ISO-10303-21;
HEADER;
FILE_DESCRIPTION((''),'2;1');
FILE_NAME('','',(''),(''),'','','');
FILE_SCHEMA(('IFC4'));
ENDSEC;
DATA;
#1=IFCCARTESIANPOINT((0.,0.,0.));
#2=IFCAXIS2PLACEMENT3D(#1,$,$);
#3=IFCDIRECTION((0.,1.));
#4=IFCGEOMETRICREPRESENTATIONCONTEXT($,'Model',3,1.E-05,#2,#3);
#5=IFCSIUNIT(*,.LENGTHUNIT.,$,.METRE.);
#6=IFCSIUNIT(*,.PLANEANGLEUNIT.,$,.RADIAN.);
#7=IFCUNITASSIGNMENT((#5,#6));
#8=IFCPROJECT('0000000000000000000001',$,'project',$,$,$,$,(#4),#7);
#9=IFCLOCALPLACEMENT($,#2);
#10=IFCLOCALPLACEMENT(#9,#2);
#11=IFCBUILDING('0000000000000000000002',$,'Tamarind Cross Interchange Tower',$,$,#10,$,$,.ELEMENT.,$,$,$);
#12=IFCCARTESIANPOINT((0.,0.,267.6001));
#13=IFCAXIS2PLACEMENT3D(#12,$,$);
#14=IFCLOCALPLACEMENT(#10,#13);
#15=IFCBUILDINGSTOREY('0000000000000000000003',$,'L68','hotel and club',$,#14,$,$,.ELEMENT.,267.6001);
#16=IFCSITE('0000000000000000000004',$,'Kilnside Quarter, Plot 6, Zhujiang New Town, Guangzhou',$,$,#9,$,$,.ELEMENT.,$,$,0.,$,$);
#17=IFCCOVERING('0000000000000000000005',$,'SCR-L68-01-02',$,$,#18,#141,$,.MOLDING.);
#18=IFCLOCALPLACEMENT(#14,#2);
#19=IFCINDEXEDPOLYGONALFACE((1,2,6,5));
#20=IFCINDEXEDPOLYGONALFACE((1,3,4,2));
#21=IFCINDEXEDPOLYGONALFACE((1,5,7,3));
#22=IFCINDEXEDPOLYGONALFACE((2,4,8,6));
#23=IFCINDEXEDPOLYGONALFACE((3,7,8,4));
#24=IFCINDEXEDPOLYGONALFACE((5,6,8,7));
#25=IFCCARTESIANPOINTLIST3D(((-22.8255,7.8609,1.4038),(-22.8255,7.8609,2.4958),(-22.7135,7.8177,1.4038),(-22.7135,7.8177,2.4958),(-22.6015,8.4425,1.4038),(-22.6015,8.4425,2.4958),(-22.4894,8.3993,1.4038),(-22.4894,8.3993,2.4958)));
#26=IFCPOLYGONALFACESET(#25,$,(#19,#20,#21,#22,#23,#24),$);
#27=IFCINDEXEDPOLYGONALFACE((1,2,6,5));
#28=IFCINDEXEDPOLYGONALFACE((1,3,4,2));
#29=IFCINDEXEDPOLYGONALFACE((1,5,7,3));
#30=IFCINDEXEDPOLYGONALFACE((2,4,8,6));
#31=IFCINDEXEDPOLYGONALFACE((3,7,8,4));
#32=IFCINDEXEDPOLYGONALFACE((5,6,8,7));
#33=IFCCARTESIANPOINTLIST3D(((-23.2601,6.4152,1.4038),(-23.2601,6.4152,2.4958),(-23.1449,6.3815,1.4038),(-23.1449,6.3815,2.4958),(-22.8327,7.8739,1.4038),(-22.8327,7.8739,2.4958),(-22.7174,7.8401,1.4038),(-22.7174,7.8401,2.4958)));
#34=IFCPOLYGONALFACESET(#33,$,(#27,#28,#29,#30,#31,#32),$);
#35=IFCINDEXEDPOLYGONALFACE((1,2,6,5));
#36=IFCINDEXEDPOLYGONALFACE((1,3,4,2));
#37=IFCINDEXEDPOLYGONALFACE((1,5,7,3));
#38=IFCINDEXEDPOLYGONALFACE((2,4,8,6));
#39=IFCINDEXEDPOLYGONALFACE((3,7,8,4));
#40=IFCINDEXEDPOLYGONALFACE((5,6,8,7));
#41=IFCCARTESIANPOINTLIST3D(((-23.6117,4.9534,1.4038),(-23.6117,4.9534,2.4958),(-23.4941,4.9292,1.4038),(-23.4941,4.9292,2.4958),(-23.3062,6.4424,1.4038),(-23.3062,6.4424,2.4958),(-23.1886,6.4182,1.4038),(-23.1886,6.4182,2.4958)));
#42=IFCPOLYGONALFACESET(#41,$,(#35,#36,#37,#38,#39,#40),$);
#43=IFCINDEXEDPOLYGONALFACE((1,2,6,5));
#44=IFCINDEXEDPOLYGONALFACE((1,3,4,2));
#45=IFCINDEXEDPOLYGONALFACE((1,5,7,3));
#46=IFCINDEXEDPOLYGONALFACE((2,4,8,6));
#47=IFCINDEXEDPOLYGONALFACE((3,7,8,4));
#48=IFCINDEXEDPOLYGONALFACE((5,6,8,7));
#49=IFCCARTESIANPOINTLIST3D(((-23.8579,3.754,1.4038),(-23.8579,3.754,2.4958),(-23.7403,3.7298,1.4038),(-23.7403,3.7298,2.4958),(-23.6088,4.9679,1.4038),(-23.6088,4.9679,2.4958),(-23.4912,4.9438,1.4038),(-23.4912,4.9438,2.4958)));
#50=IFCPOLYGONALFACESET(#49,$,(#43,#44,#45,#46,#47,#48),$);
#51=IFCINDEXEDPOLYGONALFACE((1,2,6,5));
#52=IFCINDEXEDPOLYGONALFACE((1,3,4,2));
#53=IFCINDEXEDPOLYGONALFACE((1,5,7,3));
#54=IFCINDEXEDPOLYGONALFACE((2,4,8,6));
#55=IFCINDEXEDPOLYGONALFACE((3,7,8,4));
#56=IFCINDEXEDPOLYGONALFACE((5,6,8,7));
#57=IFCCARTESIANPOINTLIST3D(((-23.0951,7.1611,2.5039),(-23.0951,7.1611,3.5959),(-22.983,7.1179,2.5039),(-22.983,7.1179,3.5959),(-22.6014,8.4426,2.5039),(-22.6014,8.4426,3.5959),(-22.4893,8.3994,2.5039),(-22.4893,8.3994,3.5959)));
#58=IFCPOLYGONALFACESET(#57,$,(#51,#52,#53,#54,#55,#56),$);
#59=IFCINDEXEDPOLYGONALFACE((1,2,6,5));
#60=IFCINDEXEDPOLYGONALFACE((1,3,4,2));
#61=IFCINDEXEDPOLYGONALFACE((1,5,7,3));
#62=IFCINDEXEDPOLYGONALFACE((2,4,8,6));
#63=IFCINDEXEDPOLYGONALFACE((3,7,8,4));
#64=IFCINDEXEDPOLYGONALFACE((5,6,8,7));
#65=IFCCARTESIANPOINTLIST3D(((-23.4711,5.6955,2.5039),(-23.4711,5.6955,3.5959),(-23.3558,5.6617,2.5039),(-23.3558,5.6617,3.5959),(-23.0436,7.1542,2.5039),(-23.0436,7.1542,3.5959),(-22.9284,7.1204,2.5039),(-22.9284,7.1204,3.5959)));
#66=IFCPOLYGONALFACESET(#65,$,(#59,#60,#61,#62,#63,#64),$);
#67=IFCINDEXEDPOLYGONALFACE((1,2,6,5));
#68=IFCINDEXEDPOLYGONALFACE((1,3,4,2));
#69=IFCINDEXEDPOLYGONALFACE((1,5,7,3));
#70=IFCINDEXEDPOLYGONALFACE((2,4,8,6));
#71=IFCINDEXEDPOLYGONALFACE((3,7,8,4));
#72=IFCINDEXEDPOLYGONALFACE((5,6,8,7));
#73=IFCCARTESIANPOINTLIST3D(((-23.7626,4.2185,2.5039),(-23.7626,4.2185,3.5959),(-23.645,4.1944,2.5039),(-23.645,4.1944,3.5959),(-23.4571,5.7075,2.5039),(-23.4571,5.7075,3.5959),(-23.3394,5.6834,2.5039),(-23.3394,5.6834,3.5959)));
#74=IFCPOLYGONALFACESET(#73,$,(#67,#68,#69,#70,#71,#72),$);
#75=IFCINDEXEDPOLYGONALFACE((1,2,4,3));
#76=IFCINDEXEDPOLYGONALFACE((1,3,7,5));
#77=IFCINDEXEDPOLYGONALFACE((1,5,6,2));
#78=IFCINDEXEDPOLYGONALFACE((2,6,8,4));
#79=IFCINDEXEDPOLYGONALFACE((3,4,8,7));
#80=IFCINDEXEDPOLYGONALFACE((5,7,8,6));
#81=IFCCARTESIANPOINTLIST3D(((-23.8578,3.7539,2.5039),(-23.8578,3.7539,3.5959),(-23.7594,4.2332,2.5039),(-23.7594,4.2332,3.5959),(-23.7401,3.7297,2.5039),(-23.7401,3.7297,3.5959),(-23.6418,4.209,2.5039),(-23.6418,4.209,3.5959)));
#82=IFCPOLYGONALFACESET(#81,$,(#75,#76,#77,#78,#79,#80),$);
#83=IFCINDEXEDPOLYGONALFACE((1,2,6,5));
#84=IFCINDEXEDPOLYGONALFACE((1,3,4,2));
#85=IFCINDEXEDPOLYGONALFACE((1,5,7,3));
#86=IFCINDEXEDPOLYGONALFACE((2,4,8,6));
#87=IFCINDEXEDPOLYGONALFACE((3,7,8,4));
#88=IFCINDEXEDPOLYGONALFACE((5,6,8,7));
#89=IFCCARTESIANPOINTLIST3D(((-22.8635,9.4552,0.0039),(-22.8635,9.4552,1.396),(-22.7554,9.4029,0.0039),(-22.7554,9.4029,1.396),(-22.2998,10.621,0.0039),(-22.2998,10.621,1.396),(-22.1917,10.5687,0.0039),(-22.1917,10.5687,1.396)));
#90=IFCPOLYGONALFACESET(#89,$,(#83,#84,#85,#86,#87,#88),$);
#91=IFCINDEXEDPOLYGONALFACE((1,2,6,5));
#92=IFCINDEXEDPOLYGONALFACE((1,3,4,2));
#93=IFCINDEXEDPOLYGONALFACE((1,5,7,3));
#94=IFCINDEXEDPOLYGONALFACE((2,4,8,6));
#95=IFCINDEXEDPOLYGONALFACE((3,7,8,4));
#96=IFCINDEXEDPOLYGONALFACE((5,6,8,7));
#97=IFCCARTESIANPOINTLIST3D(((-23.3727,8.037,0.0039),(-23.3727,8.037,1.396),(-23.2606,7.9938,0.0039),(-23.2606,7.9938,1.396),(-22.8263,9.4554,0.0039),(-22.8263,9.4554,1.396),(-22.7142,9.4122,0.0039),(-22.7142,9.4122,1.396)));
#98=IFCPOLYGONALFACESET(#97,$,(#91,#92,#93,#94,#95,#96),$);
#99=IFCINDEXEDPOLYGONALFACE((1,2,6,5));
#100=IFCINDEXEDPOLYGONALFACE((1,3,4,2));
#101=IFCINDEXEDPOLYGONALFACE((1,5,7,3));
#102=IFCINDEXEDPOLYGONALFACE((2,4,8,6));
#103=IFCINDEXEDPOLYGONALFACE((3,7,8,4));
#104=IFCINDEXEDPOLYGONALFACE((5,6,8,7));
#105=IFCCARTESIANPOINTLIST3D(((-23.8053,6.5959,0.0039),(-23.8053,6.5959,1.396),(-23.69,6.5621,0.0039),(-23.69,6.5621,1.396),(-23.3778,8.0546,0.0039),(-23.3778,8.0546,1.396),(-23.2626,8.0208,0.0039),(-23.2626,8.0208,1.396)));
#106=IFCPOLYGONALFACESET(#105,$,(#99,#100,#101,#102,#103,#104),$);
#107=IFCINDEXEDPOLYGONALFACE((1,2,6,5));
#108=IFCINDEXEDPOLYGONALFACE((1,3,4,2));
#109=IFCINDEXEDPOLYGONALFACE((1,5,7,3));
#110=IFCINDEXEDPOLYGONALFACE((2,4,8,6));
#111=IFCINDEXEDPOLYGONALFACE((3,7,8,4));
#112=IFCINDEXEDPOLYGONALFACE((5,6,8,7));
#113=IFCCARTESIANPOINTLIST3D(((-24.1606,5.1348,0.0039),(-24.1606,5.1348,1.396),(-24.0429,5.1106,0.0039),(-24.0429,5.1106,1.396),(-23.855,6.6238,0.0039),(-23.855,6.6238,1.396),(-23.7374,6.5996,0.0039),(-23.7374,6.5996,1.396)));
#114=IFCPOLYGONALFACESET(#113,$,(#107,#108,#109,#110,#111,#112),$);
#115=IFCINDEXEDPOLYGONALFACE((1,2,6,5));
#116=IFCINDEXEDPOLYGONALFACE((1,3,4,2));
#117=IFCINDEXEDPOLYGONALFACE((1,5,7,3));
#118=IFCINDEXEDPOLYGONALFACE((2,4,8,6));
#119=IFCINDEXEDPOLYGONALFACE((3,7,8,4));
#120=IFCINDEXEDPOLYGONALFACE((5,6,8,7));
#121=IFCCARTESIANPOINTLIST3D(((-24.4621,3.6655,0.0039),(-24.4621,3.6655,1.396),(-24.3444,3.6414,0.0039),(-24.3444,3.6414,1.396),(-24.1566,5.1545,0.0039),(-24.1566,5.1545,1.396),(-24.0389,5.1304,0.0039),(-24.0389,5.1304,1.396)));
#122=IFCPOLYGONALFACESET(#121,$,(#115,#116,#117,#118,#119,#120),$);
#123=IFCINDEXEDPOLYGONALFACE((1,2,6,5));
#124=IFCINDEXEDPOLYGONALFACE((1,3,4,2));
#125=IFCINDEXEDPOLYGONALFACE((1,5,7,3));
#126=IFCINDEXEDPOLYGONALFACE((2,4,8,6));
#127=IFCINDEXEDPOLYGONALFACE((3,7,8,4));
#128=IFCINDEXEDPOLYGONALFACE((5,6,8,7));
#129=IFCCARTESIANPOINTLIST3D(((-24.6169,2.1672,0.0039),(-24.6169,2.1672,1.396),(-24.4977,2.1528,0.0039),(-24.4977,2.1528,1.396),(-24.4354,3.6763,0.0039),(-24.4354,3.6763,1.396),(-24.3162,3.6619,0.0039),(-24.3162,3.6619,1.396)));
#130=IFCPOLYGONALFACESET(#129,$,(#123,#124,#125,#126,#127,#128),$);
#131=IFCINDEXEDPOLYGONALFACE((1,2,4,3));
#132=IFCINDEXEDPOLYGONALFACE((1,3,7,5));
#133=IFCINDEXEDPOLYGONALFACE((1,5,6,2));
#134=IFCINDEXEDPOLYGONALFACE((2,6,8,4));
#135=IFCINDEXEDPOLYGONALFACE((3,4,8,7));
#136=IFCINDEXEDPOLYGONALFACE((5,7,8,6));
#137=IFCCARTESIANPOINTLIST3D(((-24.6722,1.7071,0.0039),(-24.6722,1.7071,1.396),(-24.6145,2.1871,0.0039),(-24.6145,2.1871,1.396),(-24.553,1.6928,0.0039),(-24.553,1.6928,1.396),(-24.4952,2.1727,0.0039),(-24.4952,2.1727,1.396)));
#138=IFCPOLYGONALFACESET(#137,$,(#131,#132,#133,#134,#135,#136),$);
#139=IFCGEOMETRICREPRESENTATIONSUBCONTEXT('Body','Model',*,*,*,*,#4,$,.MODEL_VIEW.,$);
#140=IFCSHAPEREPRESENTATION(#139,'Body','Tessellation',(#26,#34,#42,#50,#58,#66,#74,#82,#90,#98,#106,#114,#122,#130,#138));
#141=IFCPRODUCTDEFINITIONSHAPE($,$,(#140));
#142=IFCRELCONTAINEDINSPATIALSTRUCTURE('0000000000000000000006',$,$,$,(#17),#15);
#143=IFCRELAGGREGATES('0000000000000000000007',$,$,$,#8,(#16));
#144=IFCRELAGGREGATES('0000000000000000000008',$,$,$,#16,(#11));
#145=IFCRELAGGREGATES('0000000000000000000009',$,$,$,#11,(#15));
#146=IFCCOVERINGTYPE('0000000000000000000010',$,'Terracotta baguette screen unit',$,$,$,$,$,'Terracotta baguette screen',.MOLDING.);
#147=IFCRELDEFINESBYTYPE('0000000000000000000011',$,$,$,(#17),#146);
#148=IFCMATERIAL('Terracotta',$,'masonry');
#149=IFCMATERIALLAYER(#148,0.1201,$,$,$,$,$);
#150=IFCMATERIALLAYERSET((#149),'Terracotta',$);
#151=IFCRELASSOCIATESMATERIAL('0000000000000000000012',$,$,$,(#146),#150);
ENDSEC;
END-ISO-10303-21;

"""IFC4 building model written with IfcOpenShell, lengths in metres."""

from ifc_helpers import new_model, si_unit, direction, frame, origin, origin_2d, place, context, subcontext, project, spatial, rectangle, extrude, material, layer, layer_set, type_object, element, save


model = new_model("IFC4")

# Units and contexts
model_context = context("Model", 3, precision=1e-05, world=origin(), true_north=direction((0.0, 1.0)))
body_context = subcontext(model_context, "Body", "Model", "MODEL_VIEW")
ifc_project = project(units=[si_unit("LENGTHUNIT", "METRE"), si_unit("PLANEANGLEUNIT", "RADIAN")], contexts=[model_context])

# Site, building, storey
site_placement = place(None, origin())
site = spatial("IfcSite", under=ifc_project, at=site_placement, Name="Kilnside Quarter, Plot 6, Zhujiang New Town, Guangzhou", CompositionType="ELEMENT", RefElevation=0.0)
building_placement = place(site_placement, origin())
building = spatial("IfcBuilding", under=site, at=building_placement, Name="Tamarind Cross Interchange Tower", CompositionType="ELEMENT")
storey_placement = place(building_placement, frame((0.0, 0.0, 267.6001)))
storey = spatial("IfcBuildingStorey", under=building, at=storey_placement, Name="L68", Description="hotel and club", CompositionType="ELEMENT", Elevation=267.6001)

# Covering
ifc_material_1 = material(Name="Terracotta", Category="masonry")
ifc_layer_1 = layer(ifc_material_1, 0.1201)
ifc_layer_set_1 = layer_set([ifc_layer_1], Name="Terracotta")
covering_type = type_object("IfcCoveringType", Name="Terracotta baguette screen unit", ElementType="Terracotta baguette screen", PredefinedType="MOLDING", material=ifc_layer_set_1)
covering_1_placement = place(storey_placement, origin())
element("IfcCovering", 1, at=covering_1_placement, inside=storey, type_object=covering_type, Name="SCR-L68-01-02", PredefinedType="MOLDING", context=body_context, shape_type="SweptSolid", body=[
    extrude(rectangle(XDim=0.6233, YDim=0.1201, at=origin_2d()), frame((-22.6575, 8.1301, 1.4038), z_axis=(0.0, 0.0, 1.0), x_axis=(-0.359495, -0.933147, 0.0)), (0.0, 0.0, 1.0), 1.092),
    extrude(rectangle(XDim=1.52, YDim=0.1201, at=origin_2d()), frame((-22.9888, 7.1277, 1.4038), z_axis=(0.0, 0.0, 1.0), x_axis=(-0.281209, -0.959647, 0.0)), (0.0, 0.0, 1.0), 1.092),
    extrude(rectangle(XDim=1.52, YDim=0.1201, at=origin_2d()), frame((-23.4001, 5.6858, 1.4038), z_axis=(0.0, 0.0, 1.0), x_axis=(-0.201001, -0.979591, 0.0)), (0.0, 0.0, 1.0), 1.092),
    extrude(rectangle(XDim=1.2393, YDim=0.1201, at=origin_2d()), frame((-23.6746, 4.3489, 1.4038), z_axis=(0.0, 0.0, 1.0), x_axis=(-0.201001, -0.979591, 0.0)), (0.0, 0.0, 1.0), 1.092),
    extrude(rectangle(XDim=1.3733, YDim=0.1201, at=origin_2d()), frame((-22.7922, 7.7803, 2.5039), z_axis=(0.0, 0.0, 1.0), x_axis=(-0.359495, -0.933147, 0.0)), (0.0, 0.0, 1.0), 1.092),
    extrude(rectangle(XDim=1.52, YDim=0.1201, at=origin_2d()), frame((-23.1997, 6.408, 2.5039), z_axis=(0.0, 0.0, 1.0), x_axis=(-0.281209, -0.959647, 0.0)), (0.0, 0.0, 1.0), 1.092),
    extrude(rectangle(XDim=1.52, YDim=0.1201, at=origin_2d()), frame((-23.551, 4.9509, 2.5039), z_axis=(0.0, 0.0, 1.0), x_axis=(-0.201001, -0.979591, 0.0)), (0.0, 0.0, 1.0), 1.092),
    extrude(rectangle(XDim=0.4893, YDim=0.1201, at=origin_2d()), frame((-23.7498, 3.9814, 2.5039), z_axis=(0.0, 0.0, 1.0), x_axis=(-0.201001, -0.979591, 0.0)), (0.0, 0.0, 1.0), 1.092),
    extrude(rectangle(XDim=1.2949, YDim=0.1201, at=origin_2d()), frame((-22.5276, 10.012, 0.0039), z_axis=(0.0, 0.0, 1.0), x_axis=(-0.435326, -0.900273, 0.0)), (0.0, 0.0, 1.0), 1.3921),
    extrude(rectangle(XDim=1.52, YDim=0.1201, at=origin_2d()), frame((-23.0435, 8.7246, 0.0039), z_axis=(0.0, 0.0, 1.0), x_axis=(-0.359495, -0.933147, 0.0)), (0.0, 0.0, 1.0), 1.3921),
    extrude(rectangle(XDim=1.52, YDim=0.1201, at=origin_2d()), frame((-23.5339, 7.3083, 0.0039), z_axis=(0.0, 0.0, 1.0), x_axis=(-0.281209, -0.959647, 0.0)), (0.0, 0.0, 1.0), 1.3921),
    extrude(rectangle(XDim=1.52, YDim=0.1201, at=origin_2d()), frame((-23.949, 5.8672, 0.0039), z_axis=(0.0, 0.0, 1.0), x_axis=(-0.201001, -0.979591, 0.0)), (0.0, 0.0, 1.0), 1.3921),
    extrude(rectangle(XDim=1.52, YDim=0.1201, at=origin_2d()), frame((-24.2505, 4.3979, 0.0039), z_axis=(0.0, 0.0, 1.0), x_axis=(-0.201001, -0.979591, 0.0)), (0.0, 0.0, 1.0), 1.3921),
    extrude(rectangle(XDim=1.52, YDim=0.1201, at=origin_2d()), frame((-24.4666, 2.9146, 0.0039), z_axis=(0.0, 0.0, 1.0), x_axis=(-0.119421, -0.992844, 0.0)), (0.0, 0.0, 1.0), 1.3921),
    extrude(rectangle(XDim=0.4834, YDim=0.1201, at=origin_2d()), frame((-24.5837, 1.9399, 0.0039), z_axis=(0.0, 0.0, 1.0), x_axis=(-0.119421, -0.992844, 0.0)), (0.0, 0.0, 1.0), 1.3921),
])

save(model, "model.ifc")
